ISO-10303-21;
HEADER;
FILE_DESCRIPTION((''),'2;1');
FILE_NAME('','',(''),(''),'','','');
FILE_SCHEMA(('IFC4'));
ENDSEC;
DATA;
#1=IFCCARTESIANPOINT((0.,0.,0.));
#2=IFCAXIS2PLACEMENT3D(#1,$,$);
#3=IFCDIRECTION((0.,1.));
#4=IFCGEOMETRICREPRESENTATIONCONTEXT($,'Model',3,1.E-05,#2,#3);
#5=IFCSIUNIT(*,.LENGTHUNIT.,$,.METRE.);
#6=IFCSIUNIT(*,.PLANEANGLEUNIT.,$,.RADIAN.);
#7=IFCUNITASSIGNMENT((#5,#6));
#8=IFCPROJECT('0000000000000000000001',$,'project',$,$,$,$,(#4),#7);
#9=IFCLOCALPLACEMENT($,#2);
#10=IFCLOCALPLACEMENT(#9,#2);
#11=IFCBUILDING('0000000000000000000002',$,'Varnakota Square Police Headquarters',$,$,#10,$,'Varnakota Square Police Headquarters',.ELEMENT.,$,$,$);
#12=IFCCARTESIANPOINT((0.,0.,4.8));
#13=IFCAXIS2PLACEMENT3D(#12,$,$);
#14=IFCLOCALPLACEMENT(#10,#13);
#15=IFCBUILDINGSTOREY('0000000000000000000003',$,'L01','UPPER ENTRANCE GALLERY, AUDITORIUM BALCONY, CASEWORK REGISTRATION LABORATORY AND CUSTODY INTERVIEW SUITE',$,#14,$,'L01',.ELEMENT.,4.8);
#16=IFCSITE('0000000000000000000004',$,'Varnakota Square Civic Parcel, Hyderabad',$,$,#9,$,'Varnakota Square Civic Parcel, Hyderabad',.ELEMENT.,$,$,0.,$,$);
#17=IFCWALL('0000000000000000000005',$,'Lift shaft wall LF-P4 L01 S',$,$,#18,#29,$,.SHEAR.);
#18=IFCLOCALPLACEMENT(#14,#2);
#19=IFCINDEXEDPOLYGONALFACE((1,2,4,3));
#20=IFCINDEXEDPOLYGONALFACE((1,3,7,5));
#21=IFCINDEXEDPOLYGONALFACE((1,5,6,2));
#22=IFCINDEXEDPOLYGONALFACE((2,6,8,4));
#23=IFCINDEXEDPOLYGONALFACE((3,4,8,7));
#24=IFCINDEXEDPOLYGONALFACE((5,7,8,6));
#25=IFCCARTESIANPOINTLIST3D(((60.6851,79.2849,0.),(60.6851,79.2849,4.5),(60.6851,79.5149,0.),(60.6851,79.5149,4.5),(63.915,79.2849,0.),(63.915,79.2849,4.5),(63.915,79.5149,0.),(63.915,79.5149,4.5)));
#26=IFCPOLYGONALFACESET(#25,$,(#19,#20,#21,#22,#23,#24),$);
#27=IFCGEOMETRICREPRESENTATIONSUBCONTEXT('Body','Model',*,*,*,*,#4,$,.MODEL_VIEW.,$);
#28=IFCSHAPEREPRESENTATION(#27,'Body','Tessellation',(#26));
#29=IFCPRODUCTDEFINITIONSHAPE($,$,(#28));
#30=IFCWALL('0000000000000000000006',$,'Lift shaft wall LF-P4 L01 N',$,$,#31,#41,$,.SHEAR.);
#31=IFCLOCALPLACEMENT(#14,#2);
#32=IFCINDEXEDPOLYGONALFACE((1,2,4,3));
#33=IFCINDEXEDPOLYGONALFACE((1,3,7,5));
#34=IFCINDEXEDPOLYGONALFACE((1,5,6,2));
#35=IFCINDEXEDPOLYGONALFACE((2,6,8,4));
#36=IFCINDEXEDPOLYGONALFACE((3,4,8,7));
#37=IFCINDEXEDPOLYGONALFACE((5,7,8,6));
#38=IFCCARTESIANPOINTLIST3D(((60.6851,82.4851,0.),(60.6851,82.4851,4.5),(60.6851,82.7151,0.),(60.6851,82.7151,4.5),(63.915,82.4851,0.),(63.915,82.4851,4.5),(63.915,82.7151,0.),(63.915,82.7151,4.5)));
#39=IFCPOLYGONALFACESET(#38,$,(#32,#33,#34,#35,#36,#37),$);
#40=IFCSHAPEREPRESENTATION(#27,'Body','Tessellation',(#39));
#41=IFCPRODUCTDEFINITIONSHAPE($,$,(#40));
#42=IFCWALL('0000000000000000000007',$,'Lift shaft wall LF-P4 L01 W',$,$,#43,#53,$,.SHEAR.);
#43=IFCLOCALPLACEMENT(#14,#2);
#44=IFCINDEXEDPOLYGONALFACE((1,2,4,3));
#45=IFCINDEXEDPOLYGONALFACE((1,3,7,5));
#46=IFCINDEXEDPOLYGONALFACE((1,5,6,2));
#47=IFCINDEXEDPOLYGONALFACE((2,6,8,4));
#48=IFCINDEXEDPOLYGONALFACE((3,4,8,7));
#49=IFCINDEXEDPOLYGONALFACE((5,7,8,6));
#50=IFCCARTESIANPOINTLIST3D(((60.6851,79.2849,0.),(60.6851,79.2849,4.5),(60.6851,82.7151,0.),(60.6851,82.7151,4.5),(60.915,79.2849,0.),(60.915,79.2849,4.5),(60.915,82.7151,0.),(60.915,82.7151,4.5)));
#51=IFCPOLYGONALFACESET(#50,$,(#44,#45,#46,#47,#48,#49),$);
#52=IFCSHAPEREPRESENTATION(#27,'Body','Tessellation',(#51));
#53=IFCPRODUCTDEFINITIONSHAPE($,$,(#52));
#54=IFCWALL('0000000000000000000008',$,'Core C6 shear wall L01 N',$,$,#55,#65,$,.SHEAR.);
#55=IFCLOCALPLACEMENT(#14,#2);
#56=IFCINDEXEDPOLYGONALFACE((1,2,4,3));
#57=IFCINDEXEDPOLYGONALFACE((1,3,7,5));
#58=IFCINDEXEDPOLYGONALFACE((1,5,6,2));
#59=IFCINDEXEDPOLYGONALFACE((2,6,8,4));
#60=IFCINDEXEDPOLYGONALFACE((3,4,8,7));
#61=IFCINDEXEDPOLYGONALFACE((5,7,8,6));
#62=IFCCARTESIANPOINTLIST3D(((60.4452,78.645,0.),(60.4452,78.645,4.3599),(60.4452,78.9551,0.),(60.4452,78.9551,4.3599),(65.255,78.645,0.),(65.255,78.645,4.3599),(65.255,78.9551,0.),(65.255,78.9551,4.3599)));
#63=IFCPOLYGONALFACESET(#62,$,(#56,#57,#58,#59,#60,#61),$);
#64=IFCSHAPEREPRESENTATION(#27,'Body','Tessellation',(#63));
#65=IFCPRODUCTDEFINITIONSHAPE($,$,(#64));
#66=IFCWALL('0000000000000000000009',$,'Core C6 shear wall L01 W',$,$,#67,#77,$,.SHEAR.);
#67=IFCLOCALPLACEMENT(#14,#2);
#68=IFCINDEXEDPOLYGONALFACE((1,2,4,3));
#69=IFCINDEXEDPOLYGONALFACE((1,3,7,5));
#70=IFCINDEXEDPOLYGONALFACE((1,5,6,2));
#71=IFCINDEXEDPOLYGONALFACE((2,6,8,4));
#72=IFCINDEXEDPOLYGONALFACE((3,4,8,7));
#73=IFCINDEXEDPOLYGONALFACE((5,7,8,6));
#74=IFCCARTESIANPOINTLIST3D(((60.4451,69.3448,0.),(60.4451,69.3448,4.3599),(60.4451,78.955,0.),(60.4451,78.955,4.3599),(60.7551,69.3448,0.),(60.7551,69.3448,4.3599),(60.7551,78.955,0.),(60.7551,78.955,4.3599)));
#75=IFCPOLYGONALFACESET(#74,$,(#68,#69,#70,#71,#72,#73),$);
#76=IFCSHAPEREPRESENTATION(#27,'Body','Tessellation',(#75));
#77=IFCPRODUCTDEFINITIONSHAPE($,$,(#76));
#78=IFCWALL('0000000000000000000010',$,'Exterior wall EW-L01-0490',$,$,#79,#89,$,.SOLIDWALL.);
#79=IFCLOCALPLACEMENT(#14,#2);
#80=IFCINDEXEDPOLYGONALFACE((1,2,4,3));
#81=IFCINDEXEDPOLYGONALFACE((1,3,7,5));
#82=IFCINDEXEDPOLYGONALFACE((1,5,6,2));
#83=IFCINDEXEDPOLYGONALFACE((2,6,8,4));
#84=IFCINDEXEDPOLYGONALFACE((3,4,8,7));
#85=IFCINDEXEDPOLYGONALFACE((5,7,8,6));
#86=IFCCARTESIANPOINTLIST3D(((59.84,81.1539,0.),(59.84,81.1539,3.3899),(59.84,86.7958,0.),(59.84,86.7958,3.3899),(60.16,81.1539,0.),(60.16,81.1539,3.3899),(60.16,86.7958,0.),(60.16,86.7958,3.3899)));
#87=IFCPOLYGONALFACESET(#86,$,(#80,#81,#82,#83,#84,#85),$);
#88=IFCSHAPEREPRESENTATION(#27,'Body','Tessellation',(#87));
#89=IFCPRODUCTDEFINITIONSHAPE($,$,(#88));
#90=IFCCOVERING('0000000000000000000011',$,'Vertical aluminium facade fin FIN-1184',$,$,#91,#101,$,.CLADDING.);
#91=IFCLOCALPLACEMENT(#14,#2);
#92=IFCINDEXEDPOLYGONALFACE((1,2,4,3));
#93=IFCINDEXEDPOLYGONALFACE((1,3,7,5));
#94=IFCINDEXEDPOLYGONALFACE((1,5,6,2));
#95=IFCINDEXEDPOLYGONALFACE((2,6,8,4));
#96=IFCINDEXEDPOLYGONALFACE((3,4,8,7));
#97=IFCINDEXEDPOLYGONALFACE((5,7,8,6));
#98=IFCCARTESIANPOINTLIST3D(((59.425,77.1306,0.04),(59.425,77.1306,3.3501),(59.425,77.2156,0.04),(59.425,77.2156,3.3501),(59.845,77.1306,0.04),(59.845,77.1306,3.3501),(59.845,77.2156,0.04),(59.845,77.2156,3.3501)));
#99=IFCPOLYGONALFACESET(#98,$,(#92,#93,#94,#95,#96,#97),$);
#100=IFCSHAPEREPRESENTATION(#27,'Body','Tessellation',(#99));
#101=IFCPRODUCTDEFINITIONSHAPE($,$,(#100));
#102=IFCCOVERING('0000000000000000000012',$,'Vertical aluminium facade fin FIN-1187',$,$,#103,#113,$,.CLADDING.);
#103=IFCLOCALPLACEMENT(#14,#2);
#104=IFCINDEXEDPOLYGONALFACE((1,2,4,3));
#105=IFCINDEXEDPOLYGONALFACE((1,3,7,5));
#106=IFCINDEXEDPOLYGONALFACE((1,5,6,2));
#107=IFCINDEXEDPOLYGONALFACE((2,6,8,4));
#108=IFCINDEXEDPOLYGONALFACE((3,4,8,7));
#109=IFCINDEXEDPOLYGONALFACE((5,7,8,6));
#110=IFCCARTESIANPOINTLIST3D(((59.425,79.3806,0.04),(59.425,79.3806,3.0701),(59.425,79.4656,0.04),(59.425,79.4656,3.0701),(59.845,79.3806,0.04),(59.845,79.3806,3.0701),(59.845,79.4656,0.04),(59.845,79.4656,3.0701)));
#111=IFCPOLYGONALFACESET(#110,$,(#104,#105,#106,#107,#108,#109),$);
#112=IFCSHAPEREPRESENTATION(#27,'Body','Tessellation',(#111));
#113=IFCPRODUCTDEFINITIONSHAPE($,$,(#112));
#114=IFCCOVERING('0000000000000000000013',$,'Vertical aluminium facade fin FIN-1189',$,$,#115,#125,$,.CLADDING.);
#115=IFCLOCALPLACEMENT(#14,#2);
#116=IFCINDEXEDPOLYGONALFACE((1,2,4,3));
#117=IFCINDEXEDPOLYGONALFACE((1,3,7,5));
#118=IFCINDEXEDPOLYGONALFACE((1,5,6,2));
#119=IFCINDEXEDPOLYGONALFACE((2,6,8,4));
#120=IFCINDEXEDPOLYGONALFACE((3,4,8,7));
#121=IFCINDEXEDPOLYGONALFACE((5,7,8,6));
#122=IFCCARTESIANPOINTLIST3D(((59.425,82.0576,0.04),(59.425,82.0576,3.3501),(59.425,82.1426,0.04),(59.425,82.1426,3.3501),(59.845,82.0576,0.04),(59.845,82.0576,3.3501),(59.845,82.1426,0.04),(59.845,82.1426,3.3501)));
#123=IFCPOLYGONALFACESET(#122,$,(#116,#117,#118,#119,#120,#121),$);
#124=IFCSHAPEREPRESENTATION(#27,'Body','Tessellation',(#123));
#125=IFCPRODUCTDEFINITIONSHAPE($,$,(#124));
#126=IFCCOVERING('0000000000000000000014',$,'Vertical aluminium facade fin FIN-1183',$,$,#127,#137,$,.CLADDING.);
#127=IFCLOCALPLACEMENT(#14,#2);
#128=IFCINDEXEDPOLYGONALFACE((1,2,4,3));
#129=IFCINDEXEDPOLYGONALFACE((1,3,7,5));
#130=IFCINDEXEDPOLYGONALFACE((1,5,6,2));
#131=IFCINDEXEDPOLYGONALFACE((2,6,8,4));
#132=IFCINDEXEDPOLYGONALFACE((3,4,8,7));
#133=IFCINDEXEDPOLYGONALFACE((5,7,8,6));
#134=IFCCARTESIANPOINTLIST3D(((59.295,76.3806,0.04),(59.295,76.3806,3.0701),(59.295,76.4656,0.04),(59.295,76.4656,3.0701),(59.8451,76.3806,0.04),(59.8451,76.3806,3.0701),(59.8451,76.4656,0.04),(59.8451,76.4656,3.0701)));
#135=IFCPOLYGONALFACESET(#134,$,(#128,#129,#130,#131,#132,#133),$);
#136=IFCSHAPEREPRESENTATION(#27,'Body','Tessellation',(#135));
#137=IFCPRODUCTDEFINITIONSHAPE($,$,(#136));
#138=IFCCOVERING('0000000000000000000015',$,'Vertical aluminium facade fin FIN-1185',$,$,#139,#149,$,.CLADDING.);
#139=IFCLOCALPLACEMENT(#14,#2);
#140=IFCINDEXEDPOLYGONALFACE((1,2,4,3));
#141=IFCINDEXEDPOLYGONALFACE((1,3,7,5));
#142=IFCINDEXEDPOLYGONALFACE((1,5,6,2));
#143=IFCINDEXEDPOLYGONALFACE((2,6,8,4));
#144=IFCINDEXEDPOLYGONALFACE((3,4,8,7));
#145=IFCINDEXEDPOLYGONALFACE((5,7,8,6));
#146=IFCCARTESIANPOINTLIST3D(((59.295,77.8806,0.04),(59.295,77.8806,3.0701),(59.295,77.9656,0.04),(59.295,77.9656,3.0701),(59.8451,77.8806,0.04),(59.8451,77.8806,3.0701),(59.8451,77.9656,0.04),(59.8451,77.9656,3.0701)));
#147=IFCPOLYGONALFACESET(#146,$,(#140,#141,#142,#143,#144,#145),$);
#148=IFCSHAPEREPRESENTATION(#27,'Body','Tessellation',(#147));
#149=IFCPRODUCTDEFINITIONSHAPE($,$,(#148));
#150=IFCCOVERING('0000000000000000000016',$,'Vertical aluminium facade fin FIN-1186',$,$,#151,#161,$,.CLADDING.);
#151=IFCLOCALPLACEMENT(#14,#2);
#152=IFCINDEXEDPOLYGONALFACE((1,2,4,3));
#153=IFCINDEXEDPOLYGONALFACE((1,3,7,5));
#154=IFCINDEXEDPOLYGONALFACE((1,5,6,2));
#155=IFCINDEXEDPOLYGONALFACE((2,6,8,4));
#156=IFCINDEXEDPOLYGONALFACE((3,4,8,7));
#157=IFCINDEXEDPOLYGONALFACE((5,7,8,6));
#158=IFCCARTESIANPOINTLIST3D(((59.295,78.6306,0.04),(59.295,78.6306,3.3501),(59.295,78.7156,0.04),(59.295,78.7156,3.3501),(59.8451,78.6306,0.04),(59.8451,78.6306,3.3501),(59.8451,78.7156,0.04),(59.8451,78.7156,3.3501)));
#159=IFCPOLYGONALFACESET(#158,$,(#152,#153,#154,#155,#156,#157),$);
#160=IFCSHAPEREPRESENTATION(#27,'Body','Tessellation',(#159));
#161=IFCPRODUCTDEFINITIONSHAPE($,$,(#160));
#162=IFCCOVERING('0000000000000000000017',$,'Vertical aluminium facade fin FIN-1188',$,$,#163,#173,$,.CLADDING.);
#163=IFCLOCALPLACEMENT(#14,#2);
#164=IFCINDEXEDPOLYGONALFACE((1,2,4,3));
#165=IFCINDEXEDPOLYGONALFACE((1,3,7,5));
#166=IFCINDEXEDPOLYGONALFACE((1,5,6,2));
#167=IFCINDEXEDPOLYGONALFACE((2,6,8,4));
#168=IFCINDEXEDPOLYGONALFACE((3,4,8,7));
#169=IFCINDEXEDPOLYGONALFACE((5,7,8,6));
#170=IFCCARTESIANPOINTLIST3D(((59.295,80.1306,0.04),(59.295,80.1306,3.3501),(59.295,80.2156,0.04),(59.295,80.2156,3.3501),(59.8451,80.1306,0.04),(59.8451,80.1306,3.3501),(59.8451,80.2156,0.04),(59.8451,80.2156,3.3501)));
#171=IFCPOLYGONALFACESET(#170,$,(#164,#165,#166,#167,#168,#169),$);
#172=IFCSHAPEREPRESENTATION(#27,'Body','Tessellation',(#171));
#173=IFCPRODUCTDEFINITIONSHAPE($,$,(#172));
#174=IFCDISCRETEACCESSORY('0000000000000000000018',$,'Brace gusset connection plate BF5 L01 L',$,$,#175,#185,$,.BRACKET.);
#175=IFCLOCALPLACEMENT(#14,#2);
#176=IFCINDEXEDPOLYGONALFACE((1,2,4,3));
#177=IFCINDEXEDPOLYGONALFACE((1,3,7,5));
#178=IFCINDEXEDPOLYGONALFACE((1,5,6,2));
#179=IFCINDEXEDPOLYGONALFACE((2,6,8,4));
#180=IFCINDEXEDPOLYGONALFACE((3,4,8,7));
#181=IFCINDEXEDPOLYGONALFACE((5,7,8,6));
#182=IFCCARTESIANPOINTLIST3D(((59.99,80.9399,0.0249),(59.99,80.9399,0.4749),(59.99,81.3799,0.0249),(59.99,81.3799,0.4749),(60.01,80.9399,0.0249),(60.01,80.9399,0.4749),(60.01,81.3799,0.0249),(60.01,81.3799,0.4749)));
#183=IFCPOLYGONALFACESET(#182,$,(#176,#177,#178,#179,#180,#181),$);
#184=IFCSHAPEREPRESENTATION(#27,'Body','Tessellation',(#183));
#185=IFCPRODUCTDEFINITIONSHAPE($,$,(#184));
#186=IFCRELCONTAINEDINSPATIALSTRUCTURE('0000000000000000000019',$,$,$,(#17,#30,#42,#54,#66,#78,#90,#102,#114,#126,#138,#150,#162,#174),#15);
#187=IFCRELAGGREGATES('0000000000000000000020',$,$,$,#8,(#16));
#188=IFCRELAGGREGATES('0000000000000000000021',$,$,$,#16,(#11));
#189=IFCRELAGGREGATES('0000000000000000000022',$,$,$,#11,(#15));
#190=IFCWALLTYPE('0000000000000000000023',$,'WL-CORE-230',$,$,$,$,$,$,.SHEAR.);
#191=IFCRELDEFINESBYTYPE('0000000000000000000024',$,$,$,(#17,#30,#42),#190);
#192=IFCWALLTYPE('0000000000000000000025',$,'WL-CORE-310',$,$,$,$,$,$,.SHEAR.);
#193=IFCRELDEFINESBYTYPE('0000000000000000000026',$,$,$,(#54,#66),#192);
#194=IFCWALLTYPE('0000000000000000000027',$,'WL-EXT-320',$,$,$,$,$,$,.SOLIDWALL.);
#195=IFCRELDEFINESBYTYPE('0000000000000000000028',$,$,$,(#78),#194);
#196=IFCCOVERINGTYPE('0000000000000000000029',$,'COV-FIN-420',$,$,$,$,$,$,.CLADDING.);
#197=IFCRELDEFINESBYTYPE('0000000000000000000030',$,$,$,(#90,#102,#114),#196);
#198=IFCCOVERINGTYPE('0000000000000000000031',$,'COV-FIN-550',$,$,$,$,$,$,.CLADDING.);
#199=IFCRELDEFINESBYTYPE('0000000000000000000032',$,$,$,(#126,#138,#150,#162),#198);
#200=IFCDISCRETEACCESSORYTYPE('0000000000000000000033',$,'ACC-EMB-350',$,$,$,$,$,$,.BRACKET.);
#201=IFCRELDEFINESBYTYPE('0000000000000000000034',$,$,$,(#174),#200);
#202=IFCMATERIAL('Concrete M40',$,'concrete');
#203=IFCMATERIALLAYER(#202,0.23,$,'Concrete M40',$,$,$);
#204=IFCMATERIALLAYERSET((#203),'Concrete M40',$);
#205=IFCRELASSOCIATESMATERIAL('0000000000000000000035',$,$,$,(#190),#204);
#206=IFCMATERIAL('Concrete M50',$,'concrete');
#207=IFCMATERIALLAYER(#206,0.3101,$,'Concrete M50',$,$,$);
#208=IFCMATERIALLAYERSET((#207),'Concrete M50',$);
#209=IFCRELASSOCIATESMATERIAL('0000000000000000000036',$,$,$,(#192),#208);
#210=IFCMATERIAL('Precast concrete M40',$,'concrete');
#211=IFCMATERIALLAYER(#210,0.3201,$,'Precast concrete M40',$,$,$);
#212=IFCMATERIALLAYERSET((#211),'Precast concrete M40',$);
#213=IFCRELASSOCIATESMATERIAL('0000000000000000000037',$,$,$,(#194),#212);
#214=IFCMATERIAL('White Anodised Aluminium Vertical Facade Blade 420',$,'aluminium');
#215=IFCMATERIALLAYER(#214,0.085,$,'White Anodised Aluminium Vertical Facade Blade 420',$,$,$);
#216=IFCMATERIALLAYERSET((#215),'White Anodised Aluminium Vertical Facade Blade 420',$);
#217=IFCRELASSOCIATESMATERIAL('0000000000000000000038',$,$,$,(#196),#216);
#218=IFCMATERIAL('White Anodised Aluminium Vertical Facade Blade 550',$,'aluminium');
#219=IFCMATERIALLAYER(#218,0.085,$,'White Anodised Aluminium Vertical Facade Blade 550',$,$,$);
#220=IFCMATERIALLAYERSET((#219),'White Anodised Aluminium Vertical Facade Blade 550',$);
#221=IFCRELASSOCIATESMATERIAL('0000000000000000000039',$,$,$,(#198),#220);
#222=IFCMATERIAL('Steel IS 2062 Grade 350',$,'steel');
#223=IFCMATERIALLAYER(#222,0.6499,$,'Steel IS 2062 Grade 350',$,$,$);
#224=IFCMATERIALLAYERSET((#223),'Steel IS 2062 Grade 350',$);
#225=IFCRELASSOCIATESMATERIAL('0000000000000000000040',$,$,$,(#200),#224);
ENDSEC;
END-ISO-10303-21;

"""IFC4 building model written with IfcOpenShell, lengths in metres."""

from ifc_helpers import new_model, si_unit, direction, frame, frame_2d, origin, origin_2d, place, context, subcontext, project, spatial, rectangle, extrude, material, layer, layer_set, type_object, element, save


model = new_model("IFC4")

# Units and contexts
model_context = context("Model", 3, precision=1e-05, world=origin(), true_north=direction((0.0, 1.0)))
body_context = subcontext(model_context, "Body", "Model", "MODEL_VIEW")
ifc_project = project(units=[si_unit("LENGTHUNIT", "METRE"), si_unit("PLANEANGLEUNIT", "RADIAN")], contexts=[model_context])

# Site, building, storey
site_placement = place(None, origin())
site = spatial("IfcSite", under=ifc_project, at=site_placement, Name="Varnakota Square Civic Parcel, Hyderabad", LongName="Varnakota Square Civic Parcel, Hyderabad", CompositionType="ELEMENT", RefElevation=0.0)
building_placement = place(site_placement, origin())
building = spatial("IfcBuilding", under=site, at=building_placement, Name="Varnakota Square Police Headquarters", LongName="Varnakota Square Police Headquarters", CompositionType="ELEMENT")
storey_placement = place(building_placement, frame((0.0, 0.0, 4.8)))
storey = spatial("IfcBuildingStorey", under=building, at=storey_placement, Name="L01", Description="UPPER ENTRANCE GALLERY, AUDITORIUM BALCONY, CASEWORK REGISTRATION LABORATORY AND CUSTODY INTERVIEW SUITE", LongName="L01", CompositionType="ELEMENT", Elevation=4.8)

# Shared definitions
ifc_material_1 = material(Name="Steel IS 2062 Grade 350", Category="steel")

# Wall
ifc_material_2 = material(Name="Concrete M40", Category="concrete")
ifc_layer_1 = layer(ifc_material_2, 0.23, Name="Concrete M40")
ifc_layer_set_1 = layer_set([ifc_layer_1], Name="Concrete M40")
wall_type_1 = type_object("IfcWallType", Name="WL-CORE-230", PredefinedType="SHEAR", material=ifc_layer_set_1)
wall_1_placement = place(storey_placement, frame((60.6851, 79.3999, 0.0), z_axis=(0.0, 0.0, 1.0), x_axis=(1.0, 0.0, 0.0)))
element("IfcWall", 1, at=wall_1_placement, inside=storey, type_object=wall_type_1, Name="Lift shaft wall LF-P4 L01 S", PredefinedType="SHEAR", context=body_context, shape_type="SweptSolid", body=[
    extrude(rectangle(XDim=3.23, YDim=0.23, at=frame_2d((1.615, 0.0))), origin(), (0.0, 0.0, 1.0), 4.5),
])

# Walls
wall_2_placement = place(storey_placement, frame((63.915, 82.6001, 0.0), z_axis=(0.0, 0.0, 1.0), x_axis=(-1.0, 0.0, 0.0)))
element("IfcWall", 2, at=wall_2_placement, inside=storey, type_object=wall_type_1, Name="Lift shaft wall LF-P4 L01 N", PredefinedType="SHEAR", context=body_context, shape_type="SweptSolid", body=[
    extrude(rectangle(XDim=3.23, YDim=0.23, at=frame_2d((1.615, 0.0))), origin(), (0.0, 0.0, 1.0), 4.5),
])
wall_3_placement = place(storey_placement, frame((60.8, 82.7151, 0.0), z_axis=(0.0, 0.0, 1.0), x_axis=(0.0, -1.0, 0.0)))
element("IfcWall", 3, at=wall_3_placement, inside=storey, type_object=wall_type_1, Name="Lift shaft wall LF-P4 L01 W", PredefinedType="SHEAR", context=body_context, shape_type="SweptSolid", body=[
    extrude(rectangle(XDim=3.4302, YDim=0.23, at=frame_2d((1.7151, 0.0))), origin(), (0.0, 0.0, 1.0), 4.5),
])
ifc_material_3 = material(Name="Concrete M50", Category="concrete")
ifc_layer_2 = layer(ifc_material_3, 0.3101, Name="Concrete M50")
ifc_layer_set_2 = layer_set([ifc_layer_2], Name="Concrete M50")
wall_type_2 = type_object("IfcWallType", Name="WL-CORE-310", PredefinedType="SHEAR", material=ifc_layer_set_2)
wall_4_placement = place(storey_placement, frame((65.2549, 78.8, 0.0), z_axis=(0.0, 0.0, 1.0), x_axis=(-1.0, 0.0, 0.0)))
element("IfcWall", 4, at=wall_4_placement, inside=storey, type_object=wall_type_2, Name="Core C6 shear wall L01 N", PredefinedType="SHEAR", context=body_context, shape_type="SweptSolid", body=[
    extrude(rectangle(XDim=4.8098, YDim=0.3101, at=frame_2d((2.4048, 0.0))), origin(), (0.0, 0.0, 1.0), 4.3599),
])
wall_5_placement = place(storey_placement, frame((60.6001, 78.9551, 0.0), z_axis=(0.0, 0.0, 1.0), x_axis=(0.0, -1.0, 0.0)))
element("IfcWall", 5, at=wall_5_placement, inside=storey, type_object=wall_type_2, Name="Core C6 shear wall L01 W", PredefinedType="SHEAR", context=body_context, shape_type="SweptSolid", body=[
    extrude(rectangle(XDim=9.6101, YDim=0.3101, at=frame_2d((4.8052, 0.0))), origin(), (0.0, 0.0, 1.0), 4.3599),
])
ifc_material_4 = material(Name="Precast concrete M40", Category="concrete")
ifc_layer_3 = layer(ifc_material_4, 0.3201, Name="Precast concrete M40")
ifc_layer_set_3 = layer_set([ifc_layer_3], Name="Precast concrete M40")
wall_type_3 = type_object("IfcWallType", Name="WL-EXT-320", PredefinedType="SOLIDWALL", material=ifc_layer_set_3)
wall_6_placement = place(storey_placement, frame((60.0, 81.1541, 0.0), z_axis=(0.0, 0.0, 1.0), x_axis=(0.0, 1.0, 0.0)))
element("IfcWall", 6, at=wall_6_placement, inside=storey, type_object=wall_type_3, Name="Exterior wall EW-L01-0490", PredefinedType="SOLIDWALL", context=body_context, shape_type="SweptSolid", body=[
    extrude(rectangle(XDim=5.6418, YDim=0.3201, at=frame_2d((2.8208, 0.0))), origin(), (0.0, 0.0, 1.0), 3.3899),
])

# Coverings
ifc_material_5 = material(Name="White Anodised Aluminium Vertical Facade Blade 420", Category="aluminium")
ifc_layer_4 = layer(ifc_material_5, 0.085, Name="White Anodised Aluminium Vertical Facade Blade 420")
ifc_layer_set_4 = layer_set([ifc_layer_4], Name="White Anodised Aluminium Vertical Facade Blade 420")
covering_type_1 = type_object("IfcCoveringType", Name="COV-FIN-420", PredefinedType="CLADDING", material=ifc_layer_set_4)
covering_1_placement = place(storey_placement, frame((59.635, 77.1731, 0.04), z_axis=(0.0, 0.0, 1.0), x_axis=(0.0, 1.0, 0.0)))
element("IfcCovering", 7, at=covering_1_placement, inside=storey, type_object=covering_type_1, Name="Vertical aluminium facade fin FIN-1184", PredefinedType="CLADDING", context=body_context, shape_type="SweptSolid", body=[
    extrude(rectangle(XDim=0.085, YDim=0.4199, at=origin_2d()), origin(), (0.0, 0.0, 1.0), 3.3101),
])
covering_2_placement = place(storey_placement, frame((59.635, 79.4231, 0.04), z_axis=(0.0, 0.0, 1.0), x_axis=(0.0, 1.0, 0.0)))
element("IfcCovering", 8, at=covering_2_placement, inside=storey, type_object=covering_type_1, Name="Vertical aluminium facade fin FIN-1187", PredefinedType="CLADDING", context=body_context, shape_type="SweptSolid", body=[
    extrude(rectangle(XDim=0.085, YDim=0.4199, at=origin_2d()), origin(), (0.0, 0.0, 1.0), 3.03),
])
covering_3_placement = place(storey_placement, frame((59.635, 82.1001, 0.04), z_axis=(0.0, 0.0, 1.0), x_axis=(0.0, 1.0, 0.0)))
element("IfcCovering", 9, at=covering_3_placement, inside=storey, type_object=covering_type_1, Name="Vertical aluminium facade fin FIN-1189", PredefinedType="CLADDING", context=body_context, shape_type="SweptSolid", body=[
    extrude(rectangle(XDim=0.085, YDim=0.4199, at=origin_2d()), origin(), (0.0, 0.0, 1.0), 3.3101),
])
ifc_material_6 = material(Name="White Anodised Aluminium Vertical Facade Blade 550", Category="aluminium")
ifc_layer_5 = layer(ifc_material_6, 0.085, Name="White Anodised Aluminium Vertical Facade Blade 550")
ifc_layer_set_5 = layer_set([ifc_layer_5], Name="White Anodised Aluminium Vertical Facade Blade 550")
covering_type_2 = type_object("IfcCoveringType", Name="COV-FIN-550", PredefinedType="CLADDING", material=ifc_layer_set_5)
for number, where, z_axis, x_axis, name in (
    (10, (59.5701, 76.4231, 0.04), (0.0, 0.0, 1.0), (0.0, 1.0, 0.0), "Vertical aluminium facade fin FIN-1183"),
    (11, (59.5701, 77.9231, 0.04), (0.0, 0.0, 1.0), (0.0, 1.0, 0.0), "Vertical aluminium facade fin FIN-1185"),
):
    element("IfcCovering", number, at=place(storey_placement, frame(where, z_axis=z_axis, x_axis=x_axis)), inside=storey, type_object=covering_type_2, Name=name, PredefinedType="CLADDING", context=body_context, shape_type="SweptSolid", body=[
        extrude(rectangle(XDim=0.085, YDim=0.55, at=origin_2d()), origin(), (0.0, 0.0, 1.0), 3.03),
    ])
for number, where, z_axis, x_axis, name in (
    (12, (59.5701, 78.6731, 0.04), (0.0, 0.0, 1.0), (0.0, 1.0, 0.0), "Vertical aluminium facade fin FIN-1186"),
    (13, (59.5701, 80.1731, 0.04), (0.0, 0.0, 1.0), (0.0, 1.0, 0.0), "Vertical aluminium facade fin FIN-1188"),
):
    element("IfcCovering", number, at=place(storey_placement, frame(where, z_axis=z_axis, x_axis=x_axis)), inside=storey, type_object=covering_type_2, Name=name, PredefinedType="CLADDING", context=body_context, shape_type="SweptSolid", body=[
        extrude(rectangle(XDim=0.085, YDim=0.55, at=origin_2d()), origin(), (0.0, 0.0, 1.0), 3.3101),
    ])

# Discrete accessory
ifc_layer_6 = layer(ifc_material_1, 0.6499, Name="Steel IS 2062 Grade 350")
ifc_layer_set_6 = layer_set([ifc_layer_6], Name="Steel IS 2062 Grade 350")
discrete_accessory_type = type_object("IfcDiscreteAccessoryType", Name="ACC-EMB-350", PredefinedType="BRACKET", material=ifc_layer_set_6)
discrete_accessory_placement = place(storey_placement, frame((60.0, 81.1599, 0.0249), z_axis=(0.0, 0.0, 1.0), x_axis=(0.0, 1.0, 0.0)))
element("IfcDiscreteAccessory", 14, at=discrete_accessory_placement, inside=storey, type_object=discrete_accessory_type, Name="Brace gusset connection plate BF5 L01 L", PredefinedType="BRACKET", context=body_context, shape_type="SweptSolid", body=[
    extrude(rectangle(XDim=0.4399, YDim=0.02, at=origin_2d()), origin(), (0.0, 0.0, 1.0), 0.45),
])

save(model, "model.ifc")
